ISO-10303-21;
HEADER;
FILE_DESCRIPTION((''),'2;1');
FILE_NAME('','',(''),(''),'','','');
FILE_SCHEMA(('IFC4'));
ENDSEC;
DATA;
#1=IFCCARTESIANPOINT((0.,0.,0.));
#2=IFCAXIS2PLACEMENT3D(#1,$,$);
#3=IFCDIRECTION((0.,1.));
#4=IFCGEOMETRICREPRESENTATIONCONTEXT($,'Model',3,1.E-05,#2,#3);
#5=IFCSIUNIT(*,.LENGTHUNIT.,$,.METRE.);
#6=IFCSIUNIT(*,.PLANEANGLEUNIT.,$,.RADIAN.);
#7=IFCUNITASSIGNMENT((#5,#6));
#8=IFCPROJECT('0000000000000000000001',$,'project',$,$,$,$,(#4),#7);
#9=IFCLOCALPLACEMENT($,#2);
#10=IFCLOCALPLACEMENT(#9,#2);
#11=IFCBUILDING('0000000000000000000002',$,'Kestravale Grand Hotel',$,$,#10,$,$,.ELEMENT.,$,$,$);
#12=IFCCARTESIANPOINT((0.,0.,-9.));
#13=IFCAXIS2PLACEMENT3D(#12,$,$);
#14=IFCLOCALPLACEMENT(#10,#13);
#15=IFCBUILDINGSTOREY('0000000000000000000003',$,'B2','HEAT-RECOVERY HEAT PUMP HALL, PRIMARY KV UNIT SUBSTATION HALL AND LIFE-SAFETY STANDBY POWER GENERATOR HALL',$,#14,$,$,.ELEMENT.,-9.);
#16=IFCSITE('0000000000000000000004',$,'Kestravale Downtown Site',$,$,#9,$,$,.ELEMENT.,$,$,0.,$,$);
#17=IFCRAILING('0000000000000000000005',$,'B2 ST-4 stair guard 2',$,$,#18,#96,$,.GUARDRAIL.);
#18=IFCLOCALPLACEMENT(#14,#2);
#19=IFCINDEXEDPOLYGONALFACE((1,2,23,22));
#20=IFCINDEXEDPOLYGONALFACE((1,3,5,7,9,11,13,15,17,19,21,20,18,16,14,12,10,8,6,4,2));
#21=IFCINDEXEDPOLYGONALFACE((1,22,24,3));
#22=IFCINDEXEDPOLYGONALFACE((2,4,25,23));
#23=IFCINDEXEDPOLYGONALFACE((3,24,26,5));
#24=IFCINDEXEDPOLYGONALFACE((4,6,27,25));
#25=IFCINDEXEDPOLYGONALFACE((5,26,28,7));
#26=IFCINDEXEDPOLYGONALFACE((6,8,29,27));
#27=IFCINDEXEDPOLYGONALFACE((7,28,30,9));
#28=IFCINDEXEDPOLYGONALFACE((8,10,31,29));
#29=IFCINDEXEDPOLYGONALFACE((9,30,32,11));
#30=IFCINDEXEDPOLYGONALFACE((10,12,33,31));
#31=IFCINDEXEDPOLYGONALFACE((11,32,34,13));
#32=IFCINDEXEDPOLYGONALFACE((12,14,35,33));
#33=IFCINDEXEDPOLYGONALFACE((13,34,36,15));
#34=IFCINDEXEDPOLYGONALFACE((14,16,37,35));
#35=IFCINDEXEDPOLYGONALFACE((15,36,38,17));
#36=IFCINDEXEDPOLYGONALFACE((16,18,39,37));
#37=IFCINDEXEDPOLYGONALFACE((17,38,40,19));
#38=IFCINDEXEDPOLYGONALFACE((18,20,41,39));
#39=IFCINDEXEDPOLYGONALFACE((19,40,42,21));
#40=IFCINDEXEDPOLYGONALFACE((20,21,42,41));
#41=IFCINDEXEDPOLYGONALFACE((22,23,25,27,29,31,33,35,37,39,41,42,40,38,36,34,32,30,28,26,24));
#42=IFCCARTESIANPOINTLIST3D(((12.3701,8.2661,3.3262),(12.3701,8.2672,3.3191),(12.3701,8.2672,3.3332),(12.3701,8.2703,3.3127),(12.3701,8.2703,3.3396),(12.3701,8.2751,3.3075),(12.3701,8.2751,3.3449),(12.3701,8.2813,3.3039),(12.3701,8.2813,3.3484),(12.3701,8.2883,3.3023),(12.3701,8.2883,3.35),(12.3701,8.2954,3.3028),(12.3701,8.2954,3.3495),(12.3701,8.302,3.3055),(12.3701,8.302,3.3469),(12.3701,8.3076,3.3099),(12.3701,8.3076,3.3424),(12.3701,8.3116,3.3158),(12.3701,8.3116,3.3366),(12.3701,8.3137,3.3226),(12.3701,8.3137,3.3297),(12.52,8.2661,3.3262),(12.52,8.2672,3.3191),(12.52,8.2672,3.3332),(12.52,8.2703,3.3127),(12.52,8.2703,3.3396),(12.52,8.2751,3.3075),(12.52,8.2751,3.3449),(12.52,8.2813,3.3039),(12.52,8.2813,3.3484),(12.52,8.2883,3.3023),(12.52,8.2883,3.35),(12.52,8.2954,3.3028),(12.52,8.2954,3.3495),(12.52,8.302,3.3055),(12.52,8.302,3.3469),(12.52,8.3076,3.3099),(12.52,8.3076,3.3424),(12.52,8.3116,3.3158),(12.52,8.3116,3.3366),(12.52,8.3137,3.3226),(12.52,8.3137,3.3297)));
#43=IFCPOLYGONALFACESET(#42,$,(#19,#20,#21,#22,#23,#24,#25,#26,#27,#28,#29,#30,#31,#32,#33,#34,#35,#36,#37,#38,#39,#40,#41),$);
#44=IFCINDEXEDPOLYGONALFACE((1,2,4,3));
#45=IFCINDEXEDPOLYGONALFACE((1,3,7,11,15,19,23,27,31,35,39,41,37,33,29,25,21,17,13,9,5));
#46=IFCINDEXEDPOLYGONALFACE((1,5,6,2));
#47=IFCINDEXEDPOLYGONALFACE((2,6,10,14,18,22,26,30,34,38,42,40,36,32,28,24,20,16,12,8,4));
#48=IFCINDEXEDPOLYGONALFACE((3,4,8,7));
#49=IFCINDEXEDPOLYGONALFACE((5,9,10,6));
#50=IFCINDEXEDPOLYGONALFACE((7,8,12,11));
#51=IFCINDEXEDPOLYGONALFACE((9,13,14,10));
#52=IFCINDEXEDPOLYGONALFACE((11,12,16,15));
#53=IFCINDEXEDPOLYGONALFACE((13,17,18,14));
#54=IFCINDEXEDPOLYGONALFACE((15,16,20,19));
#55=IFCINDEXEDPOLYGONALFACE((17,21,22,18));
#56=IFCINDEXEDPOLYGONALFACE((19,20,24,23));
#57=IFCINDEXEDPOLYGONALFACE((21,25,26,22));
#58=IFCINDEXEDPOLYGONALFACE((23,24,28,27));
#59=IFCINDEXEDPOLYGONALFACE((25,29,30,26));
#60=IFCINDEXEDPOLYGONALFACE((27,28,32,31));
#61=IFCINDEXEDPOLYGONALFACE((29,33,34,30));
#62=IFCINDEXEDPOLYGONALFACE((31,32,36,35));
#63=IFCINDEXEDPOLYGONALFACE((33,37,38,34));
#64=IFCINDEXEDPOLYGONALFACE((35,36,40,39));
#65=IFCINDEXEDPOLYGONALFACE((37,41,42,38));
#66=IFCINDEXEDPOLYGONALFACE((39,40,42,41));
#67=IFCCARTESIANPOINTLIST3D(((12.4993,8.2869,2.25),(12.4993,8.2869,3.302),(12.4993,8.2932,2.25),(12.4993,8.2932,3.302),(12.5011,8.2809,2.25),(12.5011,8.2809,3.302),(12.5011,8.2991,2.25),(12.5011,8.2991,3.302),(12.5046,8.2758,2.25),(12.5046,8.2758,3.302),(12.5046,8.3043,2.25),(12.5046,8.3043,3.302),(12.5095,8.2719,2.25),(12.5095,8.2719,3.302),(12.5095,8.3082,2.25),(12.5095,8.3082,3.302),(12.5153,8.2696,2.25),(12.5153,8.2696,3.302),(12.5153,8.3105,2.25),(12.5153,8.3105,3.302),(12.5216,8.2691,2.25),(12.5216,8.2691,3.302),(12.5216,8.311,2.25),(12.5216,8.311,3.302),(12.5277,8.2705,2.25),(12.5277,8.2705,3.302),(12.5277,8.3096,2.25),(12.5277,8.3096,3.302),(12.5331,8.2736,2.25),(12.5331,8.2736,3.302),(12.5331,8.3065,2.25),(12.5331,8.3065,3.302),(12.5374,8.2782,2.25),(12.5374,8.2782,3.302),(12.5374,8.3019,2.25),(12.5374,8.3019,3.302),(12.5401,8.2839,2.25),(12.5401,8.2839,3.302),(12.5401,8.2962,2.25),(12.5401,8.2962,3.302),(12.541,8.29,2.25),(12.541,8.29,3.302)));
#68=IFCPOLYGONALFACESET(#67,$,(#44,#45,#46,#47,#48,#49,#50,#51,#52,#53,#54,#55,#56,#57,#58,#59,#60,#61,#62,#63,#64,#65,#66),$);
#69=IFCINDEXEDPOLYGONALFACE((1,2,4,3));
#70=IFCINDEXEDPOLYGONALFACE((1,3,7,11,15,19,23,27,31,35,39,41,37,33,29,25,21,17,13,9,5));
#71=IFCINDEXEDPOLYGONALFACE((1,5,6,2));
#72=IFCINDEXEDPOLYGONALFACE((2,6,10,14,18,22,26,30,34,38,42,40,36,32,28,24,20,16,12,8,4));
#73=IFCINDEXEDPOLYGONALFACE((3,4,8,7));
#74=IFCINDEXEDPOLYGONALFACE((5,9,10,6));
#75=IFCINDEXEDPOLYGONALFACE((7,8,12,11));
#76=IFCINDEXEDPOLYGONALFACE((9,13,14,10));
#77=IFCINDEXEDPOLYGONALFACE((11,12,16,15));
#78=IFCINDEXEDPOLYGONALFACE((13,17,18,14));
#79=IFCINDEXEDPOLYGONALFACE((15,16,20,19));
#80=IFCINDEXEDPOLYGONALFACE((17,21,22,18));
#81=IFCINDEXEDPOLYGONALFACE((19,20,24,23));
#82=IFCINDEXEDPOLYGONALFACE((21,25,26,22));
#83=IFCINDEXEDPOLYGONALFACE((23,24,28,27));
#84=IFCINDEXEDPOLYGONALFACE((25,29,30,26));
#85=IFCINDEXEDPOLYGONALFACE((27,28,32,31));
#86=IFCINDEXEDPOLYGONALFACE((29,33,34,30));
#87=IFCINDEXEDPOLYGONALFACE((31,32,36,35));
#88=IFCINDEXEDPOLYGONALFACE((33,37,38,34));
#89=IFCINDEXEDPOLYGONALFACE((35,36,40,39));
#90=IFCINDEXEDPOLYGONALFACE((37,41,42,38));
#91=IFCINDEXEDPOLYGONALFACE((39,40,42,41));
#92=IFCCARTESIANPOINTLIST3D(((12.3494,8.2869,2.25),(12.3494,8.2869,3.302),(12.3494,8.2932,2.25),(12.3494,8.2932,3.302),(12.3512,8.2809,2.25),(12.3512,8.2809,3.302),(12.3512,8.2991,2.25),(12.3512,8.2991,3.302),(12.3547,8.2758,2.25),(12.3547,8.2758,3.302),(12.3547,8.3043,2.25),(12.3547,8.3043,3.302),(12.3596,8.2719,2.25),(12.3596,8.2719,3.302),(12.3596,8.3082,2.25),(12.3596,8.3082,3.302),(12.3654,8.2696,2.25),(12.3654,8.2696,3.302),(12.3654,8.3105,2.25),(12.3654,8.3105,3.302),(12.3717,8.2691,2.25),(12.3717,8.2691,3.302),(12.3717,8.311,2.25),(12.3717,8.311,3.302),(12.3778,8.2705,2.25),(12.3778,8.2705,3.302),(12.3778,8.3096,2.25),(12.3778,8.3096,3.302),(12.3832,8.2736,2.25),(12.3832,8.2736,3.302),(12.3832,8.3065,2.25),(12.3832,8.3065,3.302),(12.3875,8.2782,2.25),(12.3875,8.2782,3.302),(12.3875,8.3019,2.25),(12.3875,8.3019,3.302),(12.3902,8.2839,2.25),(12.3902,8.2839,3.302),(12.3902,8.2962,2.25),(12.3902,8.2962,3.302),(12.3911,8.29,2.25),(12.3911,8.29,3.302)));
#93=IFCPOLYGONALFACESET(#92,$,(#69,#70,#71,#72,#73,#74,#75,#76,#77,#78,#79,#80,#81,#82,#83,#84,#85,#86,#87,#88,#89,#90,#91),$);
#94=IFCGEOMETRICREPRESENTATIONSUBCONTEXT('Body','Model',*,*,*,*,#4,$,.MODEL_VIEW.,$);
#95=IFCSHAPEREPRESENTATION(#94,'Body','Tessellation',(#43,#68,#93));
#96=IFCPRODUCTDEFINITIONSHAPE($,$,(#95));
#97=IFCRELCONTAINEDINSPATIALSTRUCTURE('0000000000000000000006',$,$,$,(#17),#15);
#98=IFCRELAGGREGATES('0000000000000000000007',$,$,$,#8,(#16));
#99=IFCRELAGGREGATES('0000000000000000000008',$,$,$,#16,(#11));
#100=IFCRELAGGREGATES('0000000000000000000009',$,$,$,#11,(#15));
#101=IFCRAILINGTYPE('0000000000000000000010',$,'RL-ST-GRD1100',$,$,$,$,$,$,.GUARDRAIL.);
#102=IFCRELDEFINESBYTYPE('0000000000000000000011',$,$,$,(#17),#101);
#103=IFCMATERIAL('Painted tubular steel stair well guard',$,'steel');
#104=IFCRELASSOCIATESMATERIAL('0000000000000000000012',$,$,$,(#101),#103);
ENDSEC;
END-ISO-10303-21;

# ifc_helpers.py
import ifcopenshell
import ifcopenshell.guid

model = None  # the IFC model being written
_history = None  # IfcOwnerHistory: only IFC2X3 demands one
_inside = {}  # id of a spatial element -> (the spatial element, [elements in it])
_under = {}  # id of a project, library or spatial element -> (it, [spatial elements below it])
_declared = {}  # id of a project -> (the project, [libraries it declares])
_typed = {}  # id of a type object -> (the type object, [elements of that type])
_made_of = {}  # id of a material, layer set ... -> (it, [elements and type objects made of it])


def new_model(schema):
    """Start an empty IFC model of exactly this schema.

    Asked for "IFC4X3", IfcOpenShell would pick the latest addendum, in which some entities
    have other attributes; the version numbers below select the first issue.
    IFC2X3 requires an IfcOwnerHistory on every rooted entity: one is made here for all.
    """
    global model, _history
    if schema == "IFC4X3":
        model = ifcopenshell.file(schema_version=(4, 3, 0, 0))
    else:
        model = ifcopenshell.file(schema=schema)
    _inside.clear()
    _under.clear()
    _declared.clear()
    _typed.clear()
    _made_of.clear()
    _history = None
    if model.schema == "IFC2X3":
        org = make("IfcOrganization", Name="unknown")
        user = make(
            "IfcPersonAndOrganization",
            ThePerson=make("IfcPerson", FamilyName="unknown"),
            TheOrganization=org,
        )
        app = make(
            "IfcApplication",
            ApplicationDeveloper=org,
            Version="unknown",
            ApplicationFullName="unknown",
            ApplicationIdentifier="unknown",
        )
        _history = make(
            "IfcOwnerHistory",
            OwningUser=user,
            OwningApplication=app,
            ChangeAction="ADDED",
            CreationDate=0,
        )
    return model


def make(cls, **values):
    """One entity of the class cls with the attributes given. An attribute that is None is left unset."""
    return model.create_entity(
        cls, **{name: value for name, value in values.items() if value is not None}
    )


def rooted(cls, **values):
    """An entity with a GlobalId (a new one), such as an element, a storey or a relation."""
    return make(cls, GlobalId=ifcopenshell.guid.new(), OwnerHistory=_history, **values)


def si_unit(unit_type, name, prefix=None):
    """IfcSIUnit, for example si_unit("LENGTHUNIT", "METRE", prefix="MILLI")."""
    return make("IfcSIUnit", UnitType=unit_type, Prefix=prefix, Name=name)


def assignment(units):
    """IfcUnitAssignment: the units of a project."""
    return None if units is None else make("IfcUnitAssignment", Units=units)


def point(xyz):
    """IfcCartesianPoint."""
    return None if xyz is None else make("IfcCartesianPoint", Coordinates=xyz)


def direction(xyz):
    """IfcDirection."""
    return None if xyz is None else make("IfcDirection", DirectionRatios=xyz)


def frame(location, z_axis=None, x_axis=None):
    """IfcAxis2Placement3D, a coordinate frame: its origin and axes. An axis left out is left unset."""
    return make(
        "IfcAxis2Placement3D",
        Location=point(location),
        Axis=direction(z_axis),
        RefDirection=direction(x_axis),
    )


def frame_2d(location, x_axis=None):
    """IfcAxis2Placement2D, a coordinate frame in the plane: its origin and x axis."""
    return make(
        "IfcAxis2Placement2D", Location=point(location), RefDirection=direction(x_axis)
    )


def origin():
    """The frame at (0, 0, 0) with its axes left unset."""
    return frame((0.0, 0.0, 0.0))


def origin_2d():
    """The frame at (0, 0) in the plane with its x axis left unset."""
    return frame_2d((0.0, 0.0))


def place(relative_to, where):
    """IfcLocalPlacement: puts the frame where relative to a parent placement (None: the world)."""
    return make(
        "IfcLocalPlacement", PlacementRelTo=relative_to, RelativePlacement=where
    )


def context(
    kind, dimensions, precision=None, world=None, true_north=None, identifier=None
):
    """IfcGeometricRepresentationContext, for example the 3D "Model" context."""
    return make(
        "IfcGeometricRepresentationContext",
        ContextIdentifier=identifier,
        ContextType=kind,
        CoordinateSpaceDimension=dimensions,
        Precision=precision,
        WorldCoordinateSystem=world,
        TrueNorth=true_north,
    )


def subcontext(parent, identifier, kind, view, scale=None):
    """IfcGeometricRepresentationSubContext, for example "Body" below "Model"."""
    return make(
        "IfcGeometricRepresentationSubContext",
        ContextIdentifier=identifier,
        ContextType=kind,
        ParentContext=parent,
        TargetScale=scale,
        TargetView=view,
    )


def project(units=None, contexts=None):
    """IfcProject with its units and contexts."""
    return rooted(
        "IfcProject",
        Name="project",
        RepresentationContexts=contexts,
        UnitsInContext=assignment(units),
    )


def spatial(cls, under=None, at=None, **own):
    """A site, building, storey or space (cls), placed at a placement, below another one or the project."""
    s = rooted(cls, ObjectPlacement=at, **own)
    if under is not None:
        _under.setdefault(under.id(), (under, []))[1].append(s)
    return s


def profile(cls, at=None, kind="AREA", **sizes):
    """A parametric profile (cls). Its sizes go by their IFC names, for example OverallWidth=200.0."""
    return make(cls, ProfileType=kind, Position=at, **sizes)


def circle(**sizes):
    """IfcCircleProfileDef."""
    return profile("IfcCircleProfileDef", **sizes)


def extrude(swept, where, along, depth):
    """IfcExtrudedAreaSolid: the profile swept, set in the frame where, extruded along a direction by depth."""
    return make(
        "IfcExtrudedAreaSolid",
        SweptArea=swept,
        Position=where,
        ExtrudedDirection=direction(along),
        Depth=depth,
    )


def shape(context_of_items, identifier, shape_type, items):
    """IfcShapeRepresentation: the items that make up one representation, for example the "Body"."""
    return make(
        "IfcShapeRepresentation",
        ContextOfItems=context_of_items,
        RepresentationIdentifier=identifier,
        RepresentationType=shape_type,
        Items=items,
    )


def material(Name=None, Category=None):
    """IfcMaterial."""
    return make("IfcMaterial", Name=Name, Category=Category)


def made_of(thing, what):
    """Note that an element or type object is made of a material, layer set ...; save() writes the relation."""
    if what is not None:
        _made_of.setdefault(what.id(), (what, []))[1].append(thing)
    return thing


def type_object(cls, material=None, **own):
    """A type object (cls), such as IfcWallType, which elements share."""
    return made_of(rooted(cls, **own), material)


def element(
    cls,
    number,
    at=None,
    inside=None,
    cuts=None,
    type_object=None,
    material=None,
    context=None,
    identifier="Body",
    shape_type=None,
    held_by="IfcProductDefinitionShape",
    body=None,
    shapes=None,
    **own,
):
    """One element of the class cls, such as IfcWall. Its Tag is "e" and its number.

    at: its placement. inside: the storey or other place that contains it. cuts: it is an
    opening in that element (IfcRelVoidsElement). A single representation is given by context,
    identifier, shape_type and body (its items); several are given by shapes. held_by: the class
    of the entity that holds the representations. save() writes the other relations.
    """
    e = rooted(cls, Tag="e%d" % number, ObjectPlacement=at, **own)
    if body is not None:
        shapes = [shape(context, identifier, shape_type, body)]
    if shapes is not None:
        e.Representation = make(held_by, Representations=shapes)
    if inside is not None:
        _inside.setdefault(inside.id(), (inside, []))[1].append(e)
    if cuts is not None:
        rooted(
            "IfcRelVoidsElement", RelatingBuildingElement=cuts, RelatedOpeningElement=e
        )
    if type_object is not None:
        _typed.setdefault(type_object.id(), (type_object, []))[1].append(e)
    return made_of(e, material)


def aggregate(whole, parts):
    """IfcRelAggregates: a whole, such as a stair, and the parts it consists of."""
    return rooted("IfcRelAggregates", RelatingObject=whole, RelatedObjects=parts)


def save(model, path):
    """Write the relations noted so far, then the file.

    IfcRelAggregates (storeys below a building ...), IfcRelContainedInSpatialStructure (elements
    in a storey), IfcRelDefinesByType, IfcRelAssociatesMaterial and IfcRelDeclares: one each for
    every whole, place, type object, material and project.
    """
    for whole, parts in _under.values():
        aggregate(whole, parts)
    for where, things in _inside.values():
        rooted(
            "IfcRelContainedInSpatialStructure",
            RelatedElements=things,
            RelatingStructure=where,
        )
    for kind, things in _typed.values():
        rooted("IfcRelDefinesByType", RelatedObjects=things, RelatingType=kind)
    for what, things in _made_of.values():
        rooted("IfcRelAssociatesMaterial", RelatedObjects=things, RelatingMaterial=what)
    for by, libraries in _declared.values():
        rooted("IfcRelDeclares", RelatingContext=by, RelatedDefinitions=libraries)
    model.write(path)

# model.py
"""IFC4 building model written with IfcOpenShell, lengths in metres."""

from ifc_helpers import new_model, si_unit, direction, frame, origin, origin_2d, place, context, subcontext, project, spatial, circle, extrude, material, type_object, element, save


model = new_model("IFC4")

# Units and contexts
model_context = context("Model", 3, precision=1e-05, world=origin(), true_north=direction((0.0, 1.0)))
body_context = subcontext(model_context, "Body", "Model", "MODEL_VIEW")
ifc_project = project(units=[si_unit("LENGTHUNIT", "METRE"), si_unit("PLANEANGLEUNIT", "RADIAN")], contexts=[model_context])

# Site, building, storey
site_placement = place(None, origin())
site = spatial("IfcSite", under=ifc_project, at=site_placement, Name="Kestravale Downtown Site", CompositionType="ELEMENT", RefElevation=0.0)
building_placement = place(site_placement, origin())
building = spatial("IfcBuilding", under=site, at=building_placement, Name="Kestravale Grand Hotel", CompositionType="ELEMENT")
storey_placement = place(building_placement, frame((0.0, 0.0, -9.0)))
storey = spatial("IfcBuildingStorey", under=building, at=storey_placement, Name="B2", Description="HEAT-RECOVERY HEAT PUMP HALL, PRIMARY KV UNIT SUBSTATION HALL AND LIFE-SAFETY STANDBY POWER GENERATOR HALL", CompositionType="ELEMENT", Elevation=-9.0)

# Railing
ifc_material_1 = material(Name="Painted tubular steel stair well guard", Category="steel")
railing_type = type_object("IfcRailingType", Name="RL-ST-GRD1100", PredefinedType="GUARDRAIL", material=ifc_material_1)
railing_1_placement = place(storey_placement, frame((12.52, 8.29, 2.25)))
element("IfcRailing", 1, at=railing_1_placement, inside=storey, type_object=railing_type, Name="B2 ST-4 stair guard 2", PredefinedType="GUARDRAIL", context=body_context, shape_type="SweptSolid", body=[
    extrude(circle(Radius=0.0239, at=origin_2d()), frame((0.0, 0.0, 1.0762), z_axis=(-1.0, 0.0, 0.0), x_axis=(0.0, -1.0, 0.0)), (0.0, 0.0, 1.0), 0.1499),
    extrude(circle(Radius=0.021, at=origin_2d()), origin(), (0.0, 0.0, 1.0), 1.052),
    extrude(circle(Radius=0.021, at=origin_2d()), frame((-0.1499, 0.0, 0.0)), (0.0, 0.0, 1.0), 1.052),
])

save(model, "model.ifc")
